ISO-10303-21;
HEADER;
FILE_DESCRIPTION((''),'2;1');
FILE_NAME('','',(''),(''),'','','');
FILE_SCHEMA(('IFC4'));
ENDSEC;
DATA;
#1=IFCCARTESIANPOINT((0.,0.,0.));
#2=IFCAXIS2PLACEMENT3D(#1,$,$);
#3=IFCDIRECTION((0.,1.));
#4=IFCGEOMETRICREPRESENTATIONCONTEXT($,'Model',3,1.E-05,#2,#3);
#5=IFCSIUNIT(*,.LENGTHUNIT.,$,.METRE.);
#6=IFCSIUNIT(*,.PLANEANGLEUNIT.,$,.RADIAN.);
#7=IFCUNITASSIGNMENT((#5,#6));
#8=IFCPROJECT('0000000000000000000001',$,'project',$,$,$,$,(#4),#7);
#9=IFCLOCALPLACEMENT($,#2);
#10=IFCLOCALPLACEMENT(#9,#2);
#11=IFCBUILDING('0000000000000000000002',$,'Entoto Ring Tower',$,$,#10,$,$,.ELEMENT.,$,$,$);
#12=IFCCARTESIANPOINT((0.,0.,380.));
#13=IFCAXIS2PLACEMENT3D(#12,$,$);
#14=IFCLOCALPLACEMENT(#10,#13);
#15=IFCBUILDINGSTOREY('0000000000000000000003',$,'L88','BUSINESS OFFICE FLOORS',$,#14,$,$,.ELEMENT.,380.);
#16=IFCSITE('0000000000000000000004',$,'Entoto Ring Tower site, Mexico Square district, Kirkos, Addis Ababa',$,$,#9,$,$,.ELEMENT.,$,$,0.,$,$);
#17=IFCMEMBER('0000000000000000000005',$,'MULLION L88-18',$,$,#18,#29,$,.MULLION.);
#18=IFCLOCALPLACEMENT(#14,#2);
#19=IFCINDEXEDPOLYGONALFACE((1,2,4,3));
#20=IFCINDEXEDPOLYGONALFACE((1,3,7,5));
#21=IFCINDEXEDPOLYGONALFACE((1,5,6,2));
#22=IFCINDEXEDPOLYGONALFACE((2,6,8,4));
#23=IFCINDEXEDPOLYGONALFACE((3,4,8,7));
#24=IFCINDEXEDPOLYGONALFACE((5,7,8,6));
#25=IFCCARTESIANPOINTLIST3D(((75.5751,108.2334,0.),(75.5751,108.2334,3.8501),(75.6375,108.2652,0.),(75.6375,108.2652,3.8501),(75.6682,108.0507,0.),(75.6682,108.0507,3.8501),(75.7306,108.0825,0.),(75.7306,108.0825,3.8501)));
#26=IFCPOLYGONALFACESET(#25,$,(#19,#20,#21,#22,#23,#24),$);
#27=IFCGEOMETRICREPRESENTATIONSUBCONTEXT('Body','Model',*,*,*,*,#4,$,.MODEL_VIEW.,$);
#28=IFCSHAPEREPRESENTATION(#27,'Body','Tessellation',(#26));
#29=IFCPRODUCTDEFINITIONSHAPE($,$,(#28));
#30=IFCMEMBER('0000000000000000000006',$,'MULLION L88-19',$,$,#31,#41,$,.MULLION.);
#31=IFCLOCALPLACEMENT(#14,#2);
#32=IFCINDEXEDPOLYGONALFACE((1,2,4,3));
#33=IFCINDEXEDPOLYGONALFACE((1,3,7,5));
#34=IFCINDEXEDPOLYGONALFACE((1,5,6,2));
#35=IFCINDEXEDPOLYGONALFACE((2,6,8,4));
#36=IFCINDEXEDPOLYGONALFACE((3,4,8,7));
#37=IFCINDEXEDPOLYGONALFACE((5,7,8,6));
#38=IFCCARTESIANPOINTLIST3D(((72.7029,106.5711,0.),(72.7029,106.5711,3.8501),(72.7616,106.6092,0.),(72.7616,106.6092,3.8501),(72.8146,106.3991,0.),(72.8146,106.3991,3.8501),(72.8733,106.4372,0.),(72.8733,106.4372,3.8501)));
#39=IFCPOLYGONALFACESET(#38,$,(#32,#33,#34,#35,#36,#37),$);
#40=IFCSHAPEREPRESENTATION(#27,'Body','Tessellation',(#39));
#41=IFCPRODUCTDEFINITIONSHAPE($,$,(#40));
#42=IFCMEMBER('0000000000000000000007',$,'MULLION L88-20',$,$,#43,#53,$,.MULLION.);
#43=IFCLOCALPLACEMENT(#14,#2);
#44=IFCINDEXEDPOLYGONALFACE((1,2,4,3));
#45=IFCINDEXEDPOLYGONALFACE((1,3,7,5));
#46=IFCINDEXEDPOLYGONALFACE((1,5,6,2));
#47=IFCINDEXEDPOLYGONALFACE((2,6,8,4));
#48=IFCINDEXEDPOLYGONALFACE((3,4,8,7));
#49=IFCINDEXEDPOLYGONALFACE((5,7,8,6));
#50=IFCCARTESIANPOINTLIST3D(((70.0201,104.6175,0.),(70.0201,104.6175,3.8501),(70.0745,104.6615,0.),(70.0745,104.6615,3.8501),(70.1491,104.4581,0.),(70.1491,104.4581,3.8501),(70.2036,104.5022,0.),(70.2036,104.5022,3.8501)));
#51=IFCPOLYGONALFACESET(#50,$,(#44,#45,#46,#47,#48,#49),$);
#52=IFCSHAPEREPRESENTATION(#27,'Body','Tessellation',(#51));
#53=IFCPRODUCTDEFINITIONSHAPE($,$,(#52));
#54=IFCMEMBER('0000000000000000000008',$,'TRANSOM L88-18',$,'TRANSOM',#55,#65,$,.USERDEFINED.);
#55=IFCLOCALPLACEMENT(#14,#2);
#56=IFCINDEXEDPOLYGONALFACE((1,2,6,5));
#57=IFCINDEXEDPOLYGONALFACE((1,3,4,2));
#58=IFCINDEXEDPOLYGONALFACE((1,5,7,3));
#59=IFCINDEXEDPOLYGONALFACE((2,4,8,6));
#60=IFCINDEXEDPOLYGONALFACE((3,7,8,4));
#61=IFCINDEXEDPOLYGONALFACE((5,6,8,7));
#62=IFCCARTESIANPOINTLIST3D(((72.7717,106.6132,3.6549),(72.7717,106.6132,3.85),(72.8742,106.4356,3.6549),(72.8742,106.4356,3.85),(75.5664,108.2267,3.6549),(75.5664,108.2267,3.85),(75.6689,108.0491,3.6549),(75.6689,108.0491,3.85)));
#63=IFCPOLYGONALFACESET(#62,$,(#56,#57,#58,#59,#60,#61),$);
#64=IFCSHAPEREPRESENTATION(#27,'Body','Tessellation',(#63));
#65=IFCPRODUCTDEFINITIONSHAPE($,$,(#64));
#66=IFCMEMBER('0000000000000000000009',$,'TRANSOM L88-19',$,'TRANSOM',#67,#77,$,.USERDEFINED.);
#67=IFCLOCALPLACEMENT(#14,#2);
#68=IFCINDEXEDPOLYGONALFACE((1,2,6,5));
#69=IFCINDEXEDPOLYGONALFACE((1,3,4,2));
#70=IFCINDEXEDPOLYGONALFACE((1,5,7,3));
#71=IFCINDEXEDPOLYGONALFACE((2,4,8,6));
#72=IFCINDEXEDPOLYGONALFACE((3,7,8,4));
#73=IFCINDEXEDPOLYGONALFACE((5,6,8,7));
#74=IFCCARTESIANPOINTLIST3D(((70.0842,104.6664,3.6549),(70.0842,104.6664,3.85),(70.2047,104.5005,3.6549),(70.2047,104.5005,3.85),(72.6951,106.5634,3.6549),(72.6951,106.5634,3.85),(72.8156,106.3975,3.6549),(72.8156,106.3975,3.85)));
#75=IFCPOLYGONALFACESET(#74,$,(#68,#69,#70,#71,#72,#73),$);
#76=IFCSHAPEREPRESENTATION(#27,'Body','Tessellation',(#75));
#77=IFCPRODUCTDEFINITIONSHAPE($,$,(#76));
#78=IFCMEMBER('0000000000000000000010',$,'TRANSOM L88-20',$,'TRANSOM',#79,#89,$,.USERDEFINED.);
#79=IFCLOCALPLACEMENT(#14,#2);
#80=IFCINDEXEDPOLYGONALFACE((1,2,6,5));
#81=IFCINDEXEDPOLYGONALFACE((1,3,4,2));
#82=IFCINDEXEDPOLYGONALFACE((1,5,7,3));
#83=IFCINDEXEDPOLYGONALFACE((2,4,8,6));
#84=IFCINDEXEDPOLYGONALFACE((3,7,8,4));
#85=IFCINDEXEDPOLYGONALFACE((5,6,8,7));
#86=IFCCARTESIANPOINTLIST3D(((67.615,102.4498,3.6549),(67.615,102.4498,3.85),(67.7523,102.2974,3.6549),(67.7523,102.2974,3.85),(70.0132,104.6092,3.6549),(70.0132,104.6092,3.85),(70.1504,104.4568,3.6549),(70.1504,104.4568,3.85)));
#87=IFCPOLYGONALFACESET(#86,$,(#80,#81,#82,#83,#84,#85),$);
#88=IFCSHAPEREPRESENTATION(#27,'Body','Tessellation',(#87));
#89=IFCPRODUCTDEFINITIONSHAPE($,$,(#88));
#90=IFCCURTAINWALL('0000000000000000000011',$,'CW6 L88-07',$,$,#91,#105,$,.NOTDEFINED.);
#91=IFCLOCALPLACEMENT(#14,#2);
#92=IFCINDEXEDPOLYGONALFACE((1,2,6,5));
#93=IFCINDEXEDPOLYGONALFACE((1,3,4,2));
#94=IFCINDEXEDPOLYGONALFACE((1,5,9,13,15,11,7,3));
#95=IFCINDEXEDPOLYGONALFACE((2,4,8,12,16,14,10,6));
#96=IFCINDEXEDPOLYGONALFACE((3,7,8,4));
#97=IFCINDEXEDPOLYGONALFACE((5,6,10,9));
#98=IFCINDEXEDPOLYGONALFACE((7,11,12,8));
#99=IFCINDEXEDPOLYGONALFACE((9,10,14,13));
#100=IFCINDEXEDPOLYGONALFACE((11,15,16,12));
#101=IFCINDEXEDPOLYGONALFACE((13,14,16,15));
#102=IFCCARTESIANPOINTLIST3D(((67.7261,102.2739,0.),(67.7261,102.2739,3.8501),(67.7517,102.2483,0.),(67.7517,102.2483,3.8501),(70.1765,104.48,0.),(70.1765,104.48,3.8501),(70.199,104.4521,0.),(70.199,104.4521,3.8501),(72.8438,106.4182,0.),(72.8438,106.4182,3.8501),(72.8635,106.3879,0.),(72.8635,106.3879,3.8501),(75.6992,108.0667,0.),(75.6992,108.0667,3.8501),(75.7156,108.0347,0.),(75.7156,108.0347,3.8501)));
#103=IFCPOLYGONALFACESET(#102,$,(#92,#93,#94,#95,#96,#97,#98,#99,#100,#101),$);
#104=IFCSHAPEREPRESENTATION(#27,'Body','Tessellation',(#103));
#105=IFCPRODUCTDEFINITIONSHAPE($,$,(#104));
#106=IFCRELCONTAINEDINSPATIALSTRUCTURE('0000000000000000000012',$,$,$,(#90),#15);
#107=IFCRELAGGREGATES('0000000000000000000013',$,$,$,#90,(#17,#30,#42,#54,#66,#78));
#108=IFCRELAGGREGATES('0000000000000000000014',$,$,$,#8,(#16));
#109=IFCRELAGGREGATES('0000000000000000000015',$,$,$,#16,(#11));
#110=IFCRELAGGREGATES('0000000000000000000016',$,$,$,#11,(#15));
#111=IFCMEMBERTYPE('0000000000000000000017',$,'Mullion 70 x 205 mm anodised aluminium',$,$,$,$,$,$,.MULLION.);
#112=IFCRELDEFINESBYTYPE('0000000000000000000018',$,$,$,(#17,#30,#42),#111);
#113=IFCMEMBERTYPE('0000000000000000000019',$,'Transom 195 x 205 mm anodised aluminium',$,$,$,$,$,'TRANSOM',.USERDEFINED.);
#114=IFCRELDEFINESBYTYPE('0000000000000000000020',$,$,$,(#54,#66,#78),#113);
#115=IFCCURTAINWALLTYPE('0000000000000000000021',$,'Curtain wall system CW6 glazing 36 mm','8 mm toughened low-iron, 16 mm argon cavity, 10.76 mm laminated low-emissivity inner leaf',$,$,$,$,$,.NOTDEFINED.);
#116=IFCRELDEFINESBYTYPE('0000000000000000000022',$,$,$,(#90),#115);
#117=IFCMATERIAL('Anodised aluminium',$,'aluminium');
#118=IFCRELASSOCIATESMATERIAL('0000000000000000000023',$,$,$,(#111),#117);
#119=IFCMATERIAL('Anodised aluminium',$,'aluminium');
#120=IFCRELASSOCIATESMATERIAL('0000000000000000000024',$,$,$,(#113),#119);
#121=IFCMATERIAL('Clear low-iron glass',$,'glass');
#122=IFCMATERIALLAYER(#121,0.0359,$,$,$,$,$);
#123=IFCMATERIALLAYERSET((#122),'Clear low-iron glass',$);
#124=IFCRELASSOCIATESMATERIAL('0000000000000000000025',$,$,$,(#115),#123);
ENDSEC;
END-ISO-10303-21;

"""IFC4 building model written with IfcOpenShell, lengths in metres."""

from ifc_helpers import new_model, si_unit, direction, frame, origin, origin_2d, place, context, subcontext, project, spatial, polyline, rectangle, outline, extrude, material, layer, layer_set, material_profile, profile_set, type_object, element, aggregate, save


model = new_model("IFC4")

# Units and contexts
model_context = context("Model", 3, precision=1e-05, world=origin(), true_north=direction((0.0, 1.0)))
body_context = subcontext(model_context, "Body", "Model", "MODEL_VIEW")
ifc_project = project(units=[si_unit("LENGTHUNIT", "METRE"), si_unit("PLANEANGLEUNIT", "RADIAN")], contexts=[model_context])

# Members
ifc_material_1 = material(Name="Anodised aluminium", Category="aluminium")
ifc_material_profile_1 = material_profile(ifc_material_1, rectangle(XDim=0.0701, YDim=0.2051, at=origin_2d()), Name="Mullion 70 x 205 mm anodised aluminium")
ifc_profile_set_1 = profile_set([ifc_material_profile_1], Name="Anodised aluminium")
member_type_1 = type_object("IfcMemberType", Name="Mullion 70 x 205 mm anodised aluminium", PredefinedType="MULLION", material=ifc_profile_set_1)
site_placement = place(None, origin())
building_placement = place(site_placement, origin())
storey_placement = place(building_placement, frame((0.0, 0.0, 380.0)))
member_1_placement = place(storey_placement, frame((75.6528, 108.158, 0.0), z_axis=(0.0, 0.0, 1.0), x_axis=(-0.891007, -0.45399, 0.0)))
member_1 = element("IfcMember", 1, at=member_1_placement, type_object=member_type_1, Name="MULLION L88-18", PredefinedType="MULLION", context=body_context, shape_type="SweptSolid", body=[
    extrude(rectangle(XDim=0.0701, YDim=0.2051, at=origin_2d()), origin(), (0.0, 0.0, 1.0), 3.8501),
])
member_2_placement = place(storey_placement, frame((72.7881, 106.5042, 0.0), z_axis=(0.0, 0.0, 1.0), x_axis=(-0.838671, -0.544639, 0.0)))
member_2 = element("IfcMember", 2, at=member_2_placement, type_object=member_type_1, Name="MULLION L88-19", PredefinedType="MULLION", context=body_context, shape_type="SweptSolid", body=[
    extrude(rectangle(XDim=0.0701, YDim=0.2051, at=origin_2d()), origin(), (0.0, 0.0, 1.0), 3.8501),
])
member_3_placement = place(storey_placement, frame((70.1118, 104.5598, 0.0), z_axis=(0.0, 0.0, 1.0), x_axis=(-0.777146, -0.62932, 0.0)))
member_3 = element("IfcMember", 3, at=member_3_placement, type_object=member_type_1, Name="MULLION L88-20", PredefinedType="MULLION", context=body_context, shape_type="SweptSolid", body=[
    extrude(rectangle(XDim=0.0701, YDim=0.2051, at=origin_2d()), origin(), (0.0, 0.0, 1.0), 3.8501),
])
ifc_material_2 = material(Name="Anodised aluminium", Category="aluminium")
ifc_material_profile_2 = material_profile(ifc_material_2, rectangle(XDim=0.2051, YDim=0.1951, at=origin_2d()), Name="Transom 195 x 205 mm anodised aluminium")
ifc_profile_set_2 = profile_set([ifc_material_profile_2], Name="Anodised aluminium")
member_type_2 = type_object("IfcMemberType", Name="Transom 195 x 205 mm anodised aluminium", ElementType="TRANSOM", PredefinedType="USERDEFINED", material=ifc_profile_set_2)
member_4_placement = place(storey_placement, frame((75.6177, 108.1379, 3.7524), z_axis=(-0.866023, -0.500004, 0.0), x_axis=(0.500004, -0.866023, 0.0)))
member_4 = element("IfcMember", 4, at=member_4_placement, type_object=member_type_2, Name="TRANSOM L88-18", ObjectType="TRANSOM", PredefinedType="USERDEFINED", context=body_context, shape_type="SweptSolid", body=[
    extrude(rectangle(XDim=0.2051, YDim=0.1951, at=origin_2d()), origin(), (0.0, 0.0, 1.0), 3.2271),
])
member_5_placement = place(storey_placement, frame((72.7554, 106.4805, 3.7524), z_axis=(-0.809004, -0.587803, 0.0), x_axis=(0.587803, -0.809004, 0.0)))
member_5 = element("IfcMember", 5, at=member_5_placement, type_object=member_type_2, Name="TRANSOM L88-19", ObjectType="TRANSOM", PredefinedType="USERDEFINED", context=body_context, shape_type="SweptSolid", body=[
    extrude(rectangle(XDim=0.2051, YDim=0.1951, at=origin_2d()), origin(), (0.0, 0.0, 1.0), 3.2273),
])
member_6_placement = place(storey_placement, frame((70.0818, 104.533, 3.7524), z_axis=(-0.743132, -0.669144, 0.0), x_axis=(0.669144, -0.743132, 0.0)))
member_6 = element("IfcMember", 6, at=member_6_placement, type_object=member_type_2, Name="TRANSOM L88-20", ObjectType="TRANSOM", PredefinedType="USERDEFINED", context=body_context, shape_type="SweptSolid", body=[
    extrude(rectangle(XDim=0.2051, YDim=0.1951, at=origin_2d()), origin(), (0.0, 0.0, 1.0), 3.2271),
])

# Site, building, storey
site = spatial("IfcSite", under=ifc_project, at=site_placement, Name="Entoto Ring Tower site, Mexico Square district, Kirkos, Addis Ababa", CompositionType="ELEMENT", RefElevation=0.0)
building = spatial("IfcBuilding", under=site, at=building_placement, Name="Entoto Ring Tower", CompositionType="ELEMENT")
storey = spatial("IfcBuildingStorey", under=building, at=storey_placement, Name="L88", Description="BUSINESS OFFICE FLOORS", CompositionType="ELEMENT", Elevation=380.0)

# Curtain wall
ifc_material_3 = material(Name="Clear low-iron glass", Category="glass")
ifc_layer = layer(ifc_material_3, 0.0359)
ifc_layer_set = layer_set([ifc_layer], Name="Clear low-iron glass")
curtain_wall_type = type_object("IfcCurtainWallType", Name="Curtain wall system CW6 glazing 36 mm", Description="8 mm toughened low-iron, 16 mm argon cavity, 10.76 mm laminated low-emissivity inner leaf", PredefinedType="NOTDEFINED", material=ifc_layer_set)
curtain_wall_1_placement = place(storey_placement, origin())
curtain_wall_1 = element("IfcCurtainWall", 7, at=curtain_wall_1_placement, inside=storey, type_object=curtain_wall_type, Name="CW6 L88-07", PredefinedType="NOTDEFINED", context=body_context, shape_type="SweptSolid", body=[
    extrude(outline(polyline([(75.6992, 108.0667), (72.8438, 106.4182), (70.1765, 104.48), (67.7261, 102.2739), (67.7517, 102.2483), (70.199, 104.4521), (72.8635, 106.3879), (75.7156, 108.0347), (75.6992, 108.0667)])), origin(), (0.0, 0.0, 1.0), 3.8501),
])
aggregate(curtain_wall_1, [member_1, member_2, member_3, member_4, member_5, member_6])

save(model, "model.ifc")
